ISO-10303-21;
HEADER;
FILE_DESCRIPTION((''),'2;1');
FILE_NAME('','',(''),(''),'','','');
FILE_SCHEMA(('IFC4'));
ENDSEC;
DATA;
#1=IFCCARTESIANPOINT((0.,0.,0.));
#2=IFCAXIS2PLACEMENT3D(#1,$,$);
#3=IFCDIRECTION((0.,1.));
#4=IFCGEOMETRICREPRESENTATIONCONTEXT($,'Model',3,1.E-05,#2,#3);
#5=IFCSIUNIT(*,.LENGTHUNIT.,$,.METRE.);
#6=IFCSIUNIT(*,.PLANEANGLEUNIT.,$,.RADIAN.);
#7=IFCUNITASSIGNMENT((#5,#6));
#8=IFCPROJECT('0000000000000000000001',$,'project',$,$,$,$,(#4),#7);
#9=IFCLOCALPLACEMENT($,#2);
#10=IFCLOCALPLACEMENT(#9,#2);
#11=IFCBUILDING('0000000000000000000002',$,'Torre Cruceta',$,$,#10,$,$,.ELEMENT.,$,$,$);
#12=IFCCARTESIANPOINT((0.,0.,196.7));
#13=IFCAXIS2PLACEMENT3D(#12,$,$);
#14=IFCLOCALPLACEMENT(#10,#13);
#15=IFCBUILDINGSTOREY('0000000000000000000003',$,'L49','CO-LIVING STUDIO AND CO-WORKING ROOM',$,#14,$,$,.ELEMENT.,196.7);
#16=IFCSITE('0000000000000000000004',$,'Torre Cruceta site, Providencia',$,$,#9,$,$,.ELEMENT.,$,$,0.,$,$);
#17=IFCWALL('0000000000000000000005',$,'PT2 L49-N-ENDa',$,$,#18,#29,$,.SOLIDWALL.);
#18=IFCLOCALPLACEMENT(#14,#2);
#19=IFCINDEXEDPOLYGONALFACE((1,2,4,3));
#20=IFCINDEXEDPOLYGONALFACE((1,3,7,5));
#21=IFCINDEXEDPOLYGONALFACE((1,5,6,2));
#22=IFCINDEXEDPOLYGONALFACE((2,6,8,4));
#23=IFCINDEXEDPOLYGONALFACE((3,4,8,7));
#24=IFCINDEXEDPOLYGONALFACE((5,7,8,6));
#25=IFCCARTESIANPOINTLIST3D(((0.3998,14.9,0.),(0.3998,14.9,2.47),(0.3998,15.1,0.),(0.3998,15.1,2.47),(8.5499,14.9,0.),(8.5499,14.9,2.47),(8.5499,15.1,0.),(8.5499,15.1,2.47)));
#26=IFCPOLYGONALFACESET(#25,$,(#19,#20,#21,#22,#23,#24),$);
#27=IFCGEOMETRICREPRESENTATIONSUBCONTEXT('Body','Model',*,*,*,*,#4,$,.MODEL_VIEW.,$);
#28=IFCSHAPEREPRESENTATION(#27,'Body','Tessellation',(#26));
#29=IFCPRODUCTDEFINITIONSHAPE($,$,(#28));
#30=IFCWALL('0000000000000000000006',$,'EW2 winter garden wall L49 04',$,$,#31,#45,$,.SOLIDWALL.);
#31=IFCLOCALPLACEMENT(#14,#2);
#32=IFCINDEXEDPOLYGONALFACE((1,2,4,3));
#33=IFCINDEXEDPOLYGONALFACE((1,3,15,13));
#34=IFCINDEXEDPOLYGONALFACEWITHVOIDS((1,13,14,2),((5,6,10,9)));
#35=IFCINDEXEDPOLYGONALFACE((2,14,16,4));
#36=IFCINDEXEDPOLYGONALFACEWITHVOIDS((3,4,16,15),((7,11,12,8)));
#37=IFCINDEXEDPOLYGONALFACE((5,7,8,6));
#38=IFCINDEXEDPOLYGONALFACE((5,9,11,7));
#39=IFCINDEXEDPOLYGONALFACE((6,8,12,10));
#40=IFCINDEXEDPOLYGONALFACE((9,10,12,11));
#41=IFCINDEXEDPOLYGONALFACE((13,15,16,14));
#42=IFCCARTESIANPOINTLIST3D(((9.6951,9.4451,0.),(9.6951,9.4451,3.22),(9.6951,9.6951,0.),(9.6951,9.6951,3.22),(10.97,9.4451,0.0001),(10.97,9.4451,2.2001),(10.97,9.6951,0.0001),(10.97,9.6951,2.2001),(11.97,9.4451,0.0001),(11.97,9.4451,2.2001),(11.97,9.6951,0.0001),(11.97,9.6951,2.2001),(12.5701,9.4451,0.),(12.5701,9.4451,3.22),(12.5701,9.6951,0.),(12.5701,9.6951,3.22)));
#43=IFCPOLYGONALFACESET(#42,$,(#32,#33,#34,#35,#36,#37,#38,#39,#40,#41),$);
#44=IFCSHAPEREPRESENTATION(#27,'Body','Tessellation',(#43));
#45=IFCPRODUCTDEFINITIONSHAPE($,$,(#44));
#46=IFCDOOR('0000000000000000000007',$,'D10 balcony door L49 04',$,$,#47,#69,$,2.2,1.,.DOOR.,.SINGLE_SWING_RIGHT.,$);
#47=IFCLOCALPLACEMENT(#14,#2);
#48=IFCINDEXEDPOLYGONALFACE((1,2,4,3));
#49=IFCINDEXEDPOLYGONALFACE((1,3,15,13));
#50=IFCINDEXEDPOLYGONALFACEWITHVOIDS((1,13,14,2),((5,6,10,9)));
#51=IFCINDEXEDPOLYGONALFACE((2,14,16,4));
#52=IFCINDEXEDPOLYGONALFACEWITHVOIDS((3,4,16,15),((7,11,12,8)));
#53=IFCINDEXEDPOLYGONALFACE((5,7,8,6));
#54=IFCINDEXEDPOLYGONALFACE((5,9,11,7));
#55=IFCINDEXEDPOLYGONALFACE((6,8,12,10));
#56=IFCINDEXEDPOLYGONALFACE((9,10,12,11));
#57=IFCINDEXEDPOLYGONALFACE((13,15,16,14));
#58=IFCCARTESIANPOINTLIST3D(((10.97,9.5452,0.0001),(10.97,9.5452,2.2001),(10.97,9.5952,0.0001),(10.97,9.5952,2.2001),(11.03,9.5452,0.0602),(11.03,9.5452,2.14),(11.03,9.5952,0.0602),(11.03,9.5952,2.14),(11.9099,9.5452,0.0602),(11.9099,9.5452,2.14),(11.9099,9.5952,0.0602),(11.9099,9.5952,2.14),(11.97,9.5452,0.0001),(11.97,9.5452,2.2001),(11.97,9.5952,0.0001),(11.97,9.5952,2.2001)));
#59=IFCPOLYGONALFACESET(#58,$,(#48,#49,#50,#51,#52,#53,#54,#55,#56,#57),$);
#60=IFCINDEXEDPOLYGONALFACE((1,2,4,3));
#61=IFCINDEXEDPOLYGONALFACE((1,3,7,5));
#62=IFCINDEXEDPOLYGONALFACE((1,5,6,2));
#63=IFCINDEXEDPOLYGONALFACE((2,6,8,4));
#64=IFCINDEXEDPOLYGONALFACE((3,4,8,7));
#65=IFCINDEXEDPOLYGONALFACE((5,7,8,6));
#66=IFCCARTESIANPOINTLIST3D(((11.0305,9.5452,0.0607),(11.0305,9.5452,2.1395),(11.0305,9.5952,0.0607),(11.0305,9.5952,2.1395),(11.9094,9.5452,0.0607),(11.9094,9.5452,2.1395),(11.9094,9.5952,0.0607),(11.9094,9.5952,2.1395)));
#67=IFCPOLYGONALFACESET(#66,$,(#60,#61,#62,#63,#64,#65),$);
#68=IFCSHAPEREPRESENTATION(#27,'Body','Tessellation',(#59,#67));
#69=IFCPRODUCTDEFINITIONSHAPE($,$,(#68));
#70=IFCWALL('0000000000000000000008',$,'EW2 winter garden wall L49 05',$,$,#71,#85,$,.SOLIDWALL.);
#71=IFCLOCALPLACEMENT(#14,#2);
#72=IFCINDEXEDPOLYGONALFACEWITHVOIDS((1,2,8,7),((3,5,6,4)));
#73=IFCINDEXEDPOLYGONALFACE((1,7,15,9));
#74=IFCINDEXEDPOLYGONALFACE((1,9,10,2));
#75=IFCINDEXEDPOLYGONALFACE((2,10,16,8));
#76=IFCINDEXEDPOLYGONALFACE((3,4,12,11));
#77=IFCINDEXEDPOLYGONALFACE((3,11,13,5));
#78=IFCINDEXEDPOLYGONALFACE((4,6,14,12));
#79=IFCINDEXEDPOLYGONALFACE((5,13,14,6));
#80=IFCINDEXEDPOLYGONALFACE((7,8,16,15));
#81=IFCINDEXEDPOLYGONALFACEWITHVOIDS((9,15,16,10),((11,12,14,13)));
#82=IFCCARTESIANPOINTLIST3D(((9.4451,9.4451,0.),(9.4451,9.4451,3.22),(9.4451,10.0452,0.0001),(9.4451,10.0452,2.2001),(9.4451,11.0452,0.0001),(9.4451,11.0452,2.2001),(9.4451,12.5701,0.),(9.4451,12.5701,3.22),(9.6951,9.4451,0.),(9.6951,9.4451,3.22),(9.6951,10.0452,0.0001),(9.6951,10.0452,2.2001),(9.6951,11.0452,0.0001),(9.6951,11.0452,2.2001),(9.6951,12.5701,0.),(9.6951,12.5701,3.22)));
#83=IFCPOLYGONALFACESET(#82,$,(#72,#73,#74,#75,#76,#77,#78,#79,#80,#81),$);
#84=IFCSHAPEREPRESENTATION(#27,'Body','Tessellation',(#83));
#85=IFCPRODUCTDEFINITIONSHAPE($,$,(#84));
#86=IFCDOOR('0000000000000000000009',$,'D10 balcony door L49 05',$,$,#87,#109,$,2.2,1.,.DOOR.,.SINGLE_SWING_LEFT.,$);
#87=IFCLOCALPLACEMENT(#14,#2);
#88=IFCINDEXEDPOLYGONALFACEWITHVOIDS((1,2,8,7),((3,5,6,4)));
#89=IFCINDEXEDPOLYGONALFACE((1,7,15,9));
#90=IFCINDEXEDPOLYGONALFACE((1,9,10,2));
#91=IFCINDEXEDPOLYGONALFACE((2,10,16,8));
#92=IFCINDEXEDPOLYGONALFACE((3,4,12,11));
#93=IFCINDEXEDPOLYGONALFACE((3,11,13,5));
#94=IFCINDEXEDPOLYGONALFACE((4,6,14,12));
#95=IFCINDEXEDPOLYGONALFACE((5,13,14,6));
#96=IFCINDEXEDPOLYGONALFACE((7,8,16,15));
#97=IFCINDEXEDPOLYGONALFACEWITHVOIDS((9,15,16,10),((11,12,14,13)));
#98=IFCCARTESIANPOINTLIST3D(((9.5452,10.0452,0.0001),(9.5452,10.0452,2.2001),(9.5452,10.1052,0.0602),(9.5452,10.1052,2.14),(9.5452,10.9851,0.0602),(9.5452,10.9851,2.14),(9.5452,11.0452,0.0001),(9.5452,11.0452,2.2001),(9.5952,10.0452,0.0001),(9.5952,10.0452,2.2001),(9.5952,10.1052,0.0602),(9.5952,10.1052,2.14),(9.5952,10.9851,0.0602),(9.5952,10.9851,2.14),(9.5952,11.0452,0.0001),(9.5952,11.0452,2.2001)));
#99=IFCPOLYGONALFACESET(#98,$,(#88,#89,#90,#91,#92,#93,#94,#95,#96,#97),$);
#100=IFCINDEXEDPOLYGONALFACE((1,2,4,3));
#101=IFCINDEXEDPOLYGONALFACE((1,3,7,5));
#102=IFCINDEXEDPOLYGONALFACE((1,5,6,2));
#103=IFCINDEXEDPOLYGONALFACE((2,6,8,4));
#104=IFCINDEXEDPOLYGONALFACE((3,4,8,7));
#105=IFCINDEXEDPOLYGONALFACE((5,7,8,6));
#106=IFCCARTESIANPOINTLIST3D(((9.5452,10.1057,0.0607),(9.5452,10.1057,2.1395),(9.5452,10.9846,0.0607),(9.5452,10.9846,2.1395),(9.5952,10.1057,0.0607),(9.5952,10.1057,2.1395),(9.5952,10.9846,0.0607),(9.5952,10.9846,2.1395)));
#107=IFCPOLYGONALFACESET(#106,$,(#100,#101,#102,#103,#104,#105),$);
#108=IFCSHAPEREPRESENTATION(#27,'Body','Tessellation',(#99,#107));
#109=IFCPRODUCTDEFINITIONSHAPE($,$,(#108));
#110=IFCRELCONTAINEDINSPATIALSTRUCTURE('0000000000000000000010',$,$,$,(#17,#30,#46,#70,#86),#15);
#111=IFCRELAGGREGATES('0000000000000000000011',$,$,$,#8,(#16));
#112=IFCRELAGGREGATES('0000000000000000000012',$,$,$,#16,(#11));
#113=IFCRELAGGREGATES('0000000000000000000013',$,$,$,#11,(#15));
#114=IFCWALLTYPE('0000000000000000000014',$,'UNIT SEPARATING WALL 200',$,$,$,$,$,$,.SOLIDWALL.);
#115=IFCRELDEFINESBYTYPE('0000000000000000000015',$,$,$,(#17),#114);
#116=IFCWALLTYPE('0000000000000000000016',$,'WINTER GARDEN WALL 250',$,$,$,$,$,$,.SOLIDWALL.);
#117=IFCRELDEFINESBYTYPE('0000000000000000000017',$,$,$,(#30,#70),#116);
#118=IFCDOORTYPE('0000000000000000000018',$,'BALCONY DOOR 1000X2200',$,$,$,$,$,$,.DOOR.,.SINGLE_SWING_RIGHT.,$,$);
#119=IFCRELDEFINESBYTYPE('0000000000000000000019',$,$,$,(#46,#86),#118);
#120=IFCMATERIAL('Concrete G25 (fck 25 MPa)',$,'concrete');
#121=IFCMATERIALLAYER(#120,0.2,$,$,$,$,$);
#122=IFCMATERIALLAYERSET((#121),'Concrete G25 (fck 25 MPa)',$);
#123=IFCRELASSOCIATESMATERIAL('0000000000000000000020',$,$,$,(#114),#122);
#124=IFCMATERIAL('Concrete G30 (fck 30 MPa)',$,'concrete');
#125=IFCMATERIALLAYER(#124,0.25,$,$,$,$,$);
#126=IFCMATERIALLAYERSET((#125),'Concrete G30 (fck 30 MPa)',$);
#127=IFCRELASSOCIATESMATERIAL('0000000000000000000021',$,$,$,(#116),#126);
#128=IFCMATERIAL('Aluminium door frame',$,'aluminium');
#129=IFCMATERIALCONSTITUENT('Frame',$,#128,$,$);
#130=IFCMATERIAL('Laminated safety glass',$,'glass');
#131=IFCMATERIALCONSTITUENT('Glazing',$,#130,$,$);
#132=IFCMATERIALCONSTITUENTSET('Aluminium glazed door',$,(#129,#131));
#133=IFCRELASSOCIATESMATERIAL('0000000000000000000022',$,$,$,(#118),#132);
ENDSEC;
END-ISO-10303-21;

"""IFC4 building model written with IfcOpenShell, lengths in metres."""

from ifc_helpers import new_model, si_unit, direction, frame, frame_2d, origin, place, context, subcontext, project, spatial, rectangle, hollow_rectangle, extrude, material, layer, layer_set, constituent, constituent_set, type_object, element, fill, save


model = new_model("IFC4")

# Units and contexts
model_context = context("Model", 3, precision=1e-05, world=origin(), true_north=direction((0.0, 1.0)))
body_context = subcontext(model_context, "Body", "Model", "MODEL_VIEW")
ifc_project = project(units=[si_unit("LENGTHUNIT", "METRE"), si_unit("PLANEANGLEUNIT", "RADIAN")], contexts=[model_context])

# Site, building, storey
site_placement = place(None, origin())
site = spatial("IfcSite", under=ifc_project, at=site_placement, Name="Torre Cruceta site, Providencia", CompositionType="ELEMENT", RefElevation=0.0)
building_placement = place(site_placement, origin())
building = spatial("IfcBuilding", under=site, at=building_placement, Name="Torre Cruceta", CompositionType="ELEMENT")
storey_placement = place(building_placement, frame((0.0, 0.0, 196.7)))
storey = spatial("IfcBuildingStorey", under=building, at=storey_placement, Name="L49", Description="CO-LIVING STUDIO AND CO-WORKING ROOM", CompositionType="ELEMENT", Elevation=196.7)

# Wall
ifc_material_1 = material(Name="Concrete G25 (fck 25 MPa)", Category="concrete")
ifc_layer_1 = layer(ifc_material_1, 0.2)
ifc_layer_set_1 = layer_set([ifc_layer_1], Name="Concrete G25 (fck 25 MPa)")
wall_type_1 = type_object("IfcWallType", Name="UNIT SEPARATING WALL 200", PredefinedType="SOLIDWALL", material=ifc_layer_set_1)
wall_1_placement = place(storey_placement, frame((8.55, 15.0, 0.0), z_axis=(0.0, 0.0, 1.0), x_axis=(-1.0, 0.0, 0.0)))
element("IfcWall", 1, at=wall_1_placement, inside=storey, type_object=wall_type_1, Name="PT2 L49-N-ENDa", PredefinedType="SOLIDWALL", context=body_context, shape_type="SweptSolid", body=[
    extrude(rectangle(XDim=8.1501, YDim=0.2, at=frame_2d((4.0752, 0.0))), origin(), (0.0, 0.0, 1.0), 2.47),
])

# Walls, openings, doors
ifc_material_2 = material(Name="Concrete G30 (fck 30 MPa)", Category="concrete")
ifc_layer_2 = layer(ifc_material_2, 0.25)
ifc_layer_set_2 = layer_set([ifc_layer_2], Name="Concrete G30 (fck 30 MPa)")
wall_type_2 = type_object("IfcWallType", Name="WINTER GARDEN WALL 250", PredefinedType="SOLIDWALL", material=ifc_layer_set_2)
wall_2_placement = place(storey_placement, frame((12.5701, 9.5701, 0.0), z_axis=(0.0, 0.0, 1.0), x_axis=(-1.0, 0.0, 0.0)))
wall_2 = element("IfcWall", 2, at=wall_2_placement, inside=storey, type_object=wall_type_2, Name="EW2 winter garden wall L49 04", PredefinedType="SOLIDWALL", context=body_context, shape_type="SweptSolid", body=[
    extrude(rectangle(XDim=2.875, YDim=0.25, at=frame_2d((1.4375, 0.0))), origin(), (0.0, 0.0, 1.0), 3.22),
])
opening_1_placement = place(wall_2_placement, frame((0.6001, 0.0, 0.0)))
opening_1 = element("IfcOpeningElement", 3, at=opening_1_placement, cuts=wall_2, PredefinedType="OPENING", context=body_context, shape_type="SweptSolid", body=[
    extrude(rectangle(XDim=1.0, YDim=2.2, at=frame_2d((0.5, 1.1001))), frame((0.0, 0.135, 0.0), z_axis=(0.0, -1.0, 0.0), x_axis=(1.0, 0.0, 0.0)), (0.0, 0.0, 1.0), 0.27),
])
ifc_material_3 = material(Name="Aluminium door frame", Category="aluminium")
ifc_constituent_1 = constituent(ifc_material_3, Name="Frame")
ifc_material_4 = material(Name="Laminated safety glass", Category="glass")
ifc_constituent_2 = constituent(ifc_material_4, Name="Glazing")
ifc_constituent_set_1 = constituent_set(constituents=[ifc_constituent_1, ifc_constituent_2], Name="Aluminium glazed door")
door_type = type_object("IfcDoorType", Name="BALCONY DOOR 1000X2200", OperationType="SINGLE_SWING_RIGHT", PredefinedType="DOOR", material=ifc_constituent_set_1)
door_1_placement = place(opening_1_placement, origin())
door_1 = element("IfcDoor", 4, at=door_1_placement, inside=storey, type_object=door_type, Name="D10 balcony door L49 04", OperationType="SINGLE_SWING_RIGHT", OverallHeight=2.2, OverallWidth=1.0, PredefinedType="DOOR", context=body_context, shape_type="SweptSolid", body=[
    extrude(hollow_rectangle(XDim=1.0, YDim=2.2, WallThickness=0.0601, at=frame_2d((0.5, 1.1001))), frame((0.0, 0.0249, 0.0), z_axis=(0.0, -1.0, 0.0), x_axis=(1.0, 0.0, 0.0)), (0.0, 0.0, 1.0), 0.05),
    extrude(rectangle(XDim=0.8789, YDim=2.0789, at=frame_2d((0.5, 1.1001))), frame((0.0, 0.0249, 0.0), z_axis=(0.0, -1.0, 0.0), x_axis=(1.0, 0.0, 0.0)), (0.0, 0.0, 1.0), 0.05),
])
fill(opening_1, door_1)
wall_3_placement = place(storey_placement, frame((9.5701, 9.4451, 0.0), z_axis=(0.0, 0.0, 1.0), x_axis=(0.0, 1.0, 0.0)))
wall_3 = element("IfcWall", 5, at=wall_3_placement, inside=storey, type_object=wall_type_2, Name="EW2 winter garden wall L49 05", PredefinedType="SOLIDWALL", context=body_context, shape_type="SweptSolid", body=[
    extrude(rectangle(XDim=3.125, YDim=0.25, at=frame_2d((1.5625, 0.0))), origin(), (0.0, 0.0, 1.0), 3.22),
])
opening_2_placement = place(wall_3_placement, frame((0.6001, 0.0, 0.0)))
opening_2 = element("IfcOpeningElement", 6, at=opening_2_placement, cuts=wall_3, PredefinedType="OPENING", context=body_context, shape_type="SweptSolid", body=[
    extrude(rectangle(XDim=1.0, YDim=2.2, at=frame_2d((0.5, 1.1001))), frame((0.0, 0.135, 0.0), z_axis=(0.0, -1.0, 0.0), x_axis=(1.0, 0.0, 0.0)), (0.0, 0.0, 1.0), 0.27),
])
door_2_placement = place(opening_2_placement, origin())
door_2 = element("IfcDoor", 7, at=door_2_placement, inside=storey, type_object=door_type, Name="D10 balcony door L49 05", OperationType="SINGLE_SWING_LEFT", OverallHeight=2.2, OverallWidth=1.0, PredefinedType="DOOR", context=body_context, shape_type="SweptSolid", body=[
    extrude(hollow_rectangle(XDim=1.0, YDim=2.2, WallThickness=0.0601, at=frame_2d((0.5, 1.1001))), frame((0.0, 0.0249, 0.0), z_axis=(0.0, -1.0, 0.0), x_axis=(1.0, 0.0, 0.0)), (0.0, 0.0, 1.0), 0.05),
    extrude(rectangle(XDim=0.8789, YDim=2.0789, at=frame_2d((0.5, 1.1001))), frame((0.0, 0.0249, 0.0), z_axis=(0.0, -1.0, 0.0), x_axis=(1.0, 0.0, 0.0)), (0.0, 0.0, 1.0), 0.05),
])
fill(opening_2, door_2)

save(model, "model.ifc")
